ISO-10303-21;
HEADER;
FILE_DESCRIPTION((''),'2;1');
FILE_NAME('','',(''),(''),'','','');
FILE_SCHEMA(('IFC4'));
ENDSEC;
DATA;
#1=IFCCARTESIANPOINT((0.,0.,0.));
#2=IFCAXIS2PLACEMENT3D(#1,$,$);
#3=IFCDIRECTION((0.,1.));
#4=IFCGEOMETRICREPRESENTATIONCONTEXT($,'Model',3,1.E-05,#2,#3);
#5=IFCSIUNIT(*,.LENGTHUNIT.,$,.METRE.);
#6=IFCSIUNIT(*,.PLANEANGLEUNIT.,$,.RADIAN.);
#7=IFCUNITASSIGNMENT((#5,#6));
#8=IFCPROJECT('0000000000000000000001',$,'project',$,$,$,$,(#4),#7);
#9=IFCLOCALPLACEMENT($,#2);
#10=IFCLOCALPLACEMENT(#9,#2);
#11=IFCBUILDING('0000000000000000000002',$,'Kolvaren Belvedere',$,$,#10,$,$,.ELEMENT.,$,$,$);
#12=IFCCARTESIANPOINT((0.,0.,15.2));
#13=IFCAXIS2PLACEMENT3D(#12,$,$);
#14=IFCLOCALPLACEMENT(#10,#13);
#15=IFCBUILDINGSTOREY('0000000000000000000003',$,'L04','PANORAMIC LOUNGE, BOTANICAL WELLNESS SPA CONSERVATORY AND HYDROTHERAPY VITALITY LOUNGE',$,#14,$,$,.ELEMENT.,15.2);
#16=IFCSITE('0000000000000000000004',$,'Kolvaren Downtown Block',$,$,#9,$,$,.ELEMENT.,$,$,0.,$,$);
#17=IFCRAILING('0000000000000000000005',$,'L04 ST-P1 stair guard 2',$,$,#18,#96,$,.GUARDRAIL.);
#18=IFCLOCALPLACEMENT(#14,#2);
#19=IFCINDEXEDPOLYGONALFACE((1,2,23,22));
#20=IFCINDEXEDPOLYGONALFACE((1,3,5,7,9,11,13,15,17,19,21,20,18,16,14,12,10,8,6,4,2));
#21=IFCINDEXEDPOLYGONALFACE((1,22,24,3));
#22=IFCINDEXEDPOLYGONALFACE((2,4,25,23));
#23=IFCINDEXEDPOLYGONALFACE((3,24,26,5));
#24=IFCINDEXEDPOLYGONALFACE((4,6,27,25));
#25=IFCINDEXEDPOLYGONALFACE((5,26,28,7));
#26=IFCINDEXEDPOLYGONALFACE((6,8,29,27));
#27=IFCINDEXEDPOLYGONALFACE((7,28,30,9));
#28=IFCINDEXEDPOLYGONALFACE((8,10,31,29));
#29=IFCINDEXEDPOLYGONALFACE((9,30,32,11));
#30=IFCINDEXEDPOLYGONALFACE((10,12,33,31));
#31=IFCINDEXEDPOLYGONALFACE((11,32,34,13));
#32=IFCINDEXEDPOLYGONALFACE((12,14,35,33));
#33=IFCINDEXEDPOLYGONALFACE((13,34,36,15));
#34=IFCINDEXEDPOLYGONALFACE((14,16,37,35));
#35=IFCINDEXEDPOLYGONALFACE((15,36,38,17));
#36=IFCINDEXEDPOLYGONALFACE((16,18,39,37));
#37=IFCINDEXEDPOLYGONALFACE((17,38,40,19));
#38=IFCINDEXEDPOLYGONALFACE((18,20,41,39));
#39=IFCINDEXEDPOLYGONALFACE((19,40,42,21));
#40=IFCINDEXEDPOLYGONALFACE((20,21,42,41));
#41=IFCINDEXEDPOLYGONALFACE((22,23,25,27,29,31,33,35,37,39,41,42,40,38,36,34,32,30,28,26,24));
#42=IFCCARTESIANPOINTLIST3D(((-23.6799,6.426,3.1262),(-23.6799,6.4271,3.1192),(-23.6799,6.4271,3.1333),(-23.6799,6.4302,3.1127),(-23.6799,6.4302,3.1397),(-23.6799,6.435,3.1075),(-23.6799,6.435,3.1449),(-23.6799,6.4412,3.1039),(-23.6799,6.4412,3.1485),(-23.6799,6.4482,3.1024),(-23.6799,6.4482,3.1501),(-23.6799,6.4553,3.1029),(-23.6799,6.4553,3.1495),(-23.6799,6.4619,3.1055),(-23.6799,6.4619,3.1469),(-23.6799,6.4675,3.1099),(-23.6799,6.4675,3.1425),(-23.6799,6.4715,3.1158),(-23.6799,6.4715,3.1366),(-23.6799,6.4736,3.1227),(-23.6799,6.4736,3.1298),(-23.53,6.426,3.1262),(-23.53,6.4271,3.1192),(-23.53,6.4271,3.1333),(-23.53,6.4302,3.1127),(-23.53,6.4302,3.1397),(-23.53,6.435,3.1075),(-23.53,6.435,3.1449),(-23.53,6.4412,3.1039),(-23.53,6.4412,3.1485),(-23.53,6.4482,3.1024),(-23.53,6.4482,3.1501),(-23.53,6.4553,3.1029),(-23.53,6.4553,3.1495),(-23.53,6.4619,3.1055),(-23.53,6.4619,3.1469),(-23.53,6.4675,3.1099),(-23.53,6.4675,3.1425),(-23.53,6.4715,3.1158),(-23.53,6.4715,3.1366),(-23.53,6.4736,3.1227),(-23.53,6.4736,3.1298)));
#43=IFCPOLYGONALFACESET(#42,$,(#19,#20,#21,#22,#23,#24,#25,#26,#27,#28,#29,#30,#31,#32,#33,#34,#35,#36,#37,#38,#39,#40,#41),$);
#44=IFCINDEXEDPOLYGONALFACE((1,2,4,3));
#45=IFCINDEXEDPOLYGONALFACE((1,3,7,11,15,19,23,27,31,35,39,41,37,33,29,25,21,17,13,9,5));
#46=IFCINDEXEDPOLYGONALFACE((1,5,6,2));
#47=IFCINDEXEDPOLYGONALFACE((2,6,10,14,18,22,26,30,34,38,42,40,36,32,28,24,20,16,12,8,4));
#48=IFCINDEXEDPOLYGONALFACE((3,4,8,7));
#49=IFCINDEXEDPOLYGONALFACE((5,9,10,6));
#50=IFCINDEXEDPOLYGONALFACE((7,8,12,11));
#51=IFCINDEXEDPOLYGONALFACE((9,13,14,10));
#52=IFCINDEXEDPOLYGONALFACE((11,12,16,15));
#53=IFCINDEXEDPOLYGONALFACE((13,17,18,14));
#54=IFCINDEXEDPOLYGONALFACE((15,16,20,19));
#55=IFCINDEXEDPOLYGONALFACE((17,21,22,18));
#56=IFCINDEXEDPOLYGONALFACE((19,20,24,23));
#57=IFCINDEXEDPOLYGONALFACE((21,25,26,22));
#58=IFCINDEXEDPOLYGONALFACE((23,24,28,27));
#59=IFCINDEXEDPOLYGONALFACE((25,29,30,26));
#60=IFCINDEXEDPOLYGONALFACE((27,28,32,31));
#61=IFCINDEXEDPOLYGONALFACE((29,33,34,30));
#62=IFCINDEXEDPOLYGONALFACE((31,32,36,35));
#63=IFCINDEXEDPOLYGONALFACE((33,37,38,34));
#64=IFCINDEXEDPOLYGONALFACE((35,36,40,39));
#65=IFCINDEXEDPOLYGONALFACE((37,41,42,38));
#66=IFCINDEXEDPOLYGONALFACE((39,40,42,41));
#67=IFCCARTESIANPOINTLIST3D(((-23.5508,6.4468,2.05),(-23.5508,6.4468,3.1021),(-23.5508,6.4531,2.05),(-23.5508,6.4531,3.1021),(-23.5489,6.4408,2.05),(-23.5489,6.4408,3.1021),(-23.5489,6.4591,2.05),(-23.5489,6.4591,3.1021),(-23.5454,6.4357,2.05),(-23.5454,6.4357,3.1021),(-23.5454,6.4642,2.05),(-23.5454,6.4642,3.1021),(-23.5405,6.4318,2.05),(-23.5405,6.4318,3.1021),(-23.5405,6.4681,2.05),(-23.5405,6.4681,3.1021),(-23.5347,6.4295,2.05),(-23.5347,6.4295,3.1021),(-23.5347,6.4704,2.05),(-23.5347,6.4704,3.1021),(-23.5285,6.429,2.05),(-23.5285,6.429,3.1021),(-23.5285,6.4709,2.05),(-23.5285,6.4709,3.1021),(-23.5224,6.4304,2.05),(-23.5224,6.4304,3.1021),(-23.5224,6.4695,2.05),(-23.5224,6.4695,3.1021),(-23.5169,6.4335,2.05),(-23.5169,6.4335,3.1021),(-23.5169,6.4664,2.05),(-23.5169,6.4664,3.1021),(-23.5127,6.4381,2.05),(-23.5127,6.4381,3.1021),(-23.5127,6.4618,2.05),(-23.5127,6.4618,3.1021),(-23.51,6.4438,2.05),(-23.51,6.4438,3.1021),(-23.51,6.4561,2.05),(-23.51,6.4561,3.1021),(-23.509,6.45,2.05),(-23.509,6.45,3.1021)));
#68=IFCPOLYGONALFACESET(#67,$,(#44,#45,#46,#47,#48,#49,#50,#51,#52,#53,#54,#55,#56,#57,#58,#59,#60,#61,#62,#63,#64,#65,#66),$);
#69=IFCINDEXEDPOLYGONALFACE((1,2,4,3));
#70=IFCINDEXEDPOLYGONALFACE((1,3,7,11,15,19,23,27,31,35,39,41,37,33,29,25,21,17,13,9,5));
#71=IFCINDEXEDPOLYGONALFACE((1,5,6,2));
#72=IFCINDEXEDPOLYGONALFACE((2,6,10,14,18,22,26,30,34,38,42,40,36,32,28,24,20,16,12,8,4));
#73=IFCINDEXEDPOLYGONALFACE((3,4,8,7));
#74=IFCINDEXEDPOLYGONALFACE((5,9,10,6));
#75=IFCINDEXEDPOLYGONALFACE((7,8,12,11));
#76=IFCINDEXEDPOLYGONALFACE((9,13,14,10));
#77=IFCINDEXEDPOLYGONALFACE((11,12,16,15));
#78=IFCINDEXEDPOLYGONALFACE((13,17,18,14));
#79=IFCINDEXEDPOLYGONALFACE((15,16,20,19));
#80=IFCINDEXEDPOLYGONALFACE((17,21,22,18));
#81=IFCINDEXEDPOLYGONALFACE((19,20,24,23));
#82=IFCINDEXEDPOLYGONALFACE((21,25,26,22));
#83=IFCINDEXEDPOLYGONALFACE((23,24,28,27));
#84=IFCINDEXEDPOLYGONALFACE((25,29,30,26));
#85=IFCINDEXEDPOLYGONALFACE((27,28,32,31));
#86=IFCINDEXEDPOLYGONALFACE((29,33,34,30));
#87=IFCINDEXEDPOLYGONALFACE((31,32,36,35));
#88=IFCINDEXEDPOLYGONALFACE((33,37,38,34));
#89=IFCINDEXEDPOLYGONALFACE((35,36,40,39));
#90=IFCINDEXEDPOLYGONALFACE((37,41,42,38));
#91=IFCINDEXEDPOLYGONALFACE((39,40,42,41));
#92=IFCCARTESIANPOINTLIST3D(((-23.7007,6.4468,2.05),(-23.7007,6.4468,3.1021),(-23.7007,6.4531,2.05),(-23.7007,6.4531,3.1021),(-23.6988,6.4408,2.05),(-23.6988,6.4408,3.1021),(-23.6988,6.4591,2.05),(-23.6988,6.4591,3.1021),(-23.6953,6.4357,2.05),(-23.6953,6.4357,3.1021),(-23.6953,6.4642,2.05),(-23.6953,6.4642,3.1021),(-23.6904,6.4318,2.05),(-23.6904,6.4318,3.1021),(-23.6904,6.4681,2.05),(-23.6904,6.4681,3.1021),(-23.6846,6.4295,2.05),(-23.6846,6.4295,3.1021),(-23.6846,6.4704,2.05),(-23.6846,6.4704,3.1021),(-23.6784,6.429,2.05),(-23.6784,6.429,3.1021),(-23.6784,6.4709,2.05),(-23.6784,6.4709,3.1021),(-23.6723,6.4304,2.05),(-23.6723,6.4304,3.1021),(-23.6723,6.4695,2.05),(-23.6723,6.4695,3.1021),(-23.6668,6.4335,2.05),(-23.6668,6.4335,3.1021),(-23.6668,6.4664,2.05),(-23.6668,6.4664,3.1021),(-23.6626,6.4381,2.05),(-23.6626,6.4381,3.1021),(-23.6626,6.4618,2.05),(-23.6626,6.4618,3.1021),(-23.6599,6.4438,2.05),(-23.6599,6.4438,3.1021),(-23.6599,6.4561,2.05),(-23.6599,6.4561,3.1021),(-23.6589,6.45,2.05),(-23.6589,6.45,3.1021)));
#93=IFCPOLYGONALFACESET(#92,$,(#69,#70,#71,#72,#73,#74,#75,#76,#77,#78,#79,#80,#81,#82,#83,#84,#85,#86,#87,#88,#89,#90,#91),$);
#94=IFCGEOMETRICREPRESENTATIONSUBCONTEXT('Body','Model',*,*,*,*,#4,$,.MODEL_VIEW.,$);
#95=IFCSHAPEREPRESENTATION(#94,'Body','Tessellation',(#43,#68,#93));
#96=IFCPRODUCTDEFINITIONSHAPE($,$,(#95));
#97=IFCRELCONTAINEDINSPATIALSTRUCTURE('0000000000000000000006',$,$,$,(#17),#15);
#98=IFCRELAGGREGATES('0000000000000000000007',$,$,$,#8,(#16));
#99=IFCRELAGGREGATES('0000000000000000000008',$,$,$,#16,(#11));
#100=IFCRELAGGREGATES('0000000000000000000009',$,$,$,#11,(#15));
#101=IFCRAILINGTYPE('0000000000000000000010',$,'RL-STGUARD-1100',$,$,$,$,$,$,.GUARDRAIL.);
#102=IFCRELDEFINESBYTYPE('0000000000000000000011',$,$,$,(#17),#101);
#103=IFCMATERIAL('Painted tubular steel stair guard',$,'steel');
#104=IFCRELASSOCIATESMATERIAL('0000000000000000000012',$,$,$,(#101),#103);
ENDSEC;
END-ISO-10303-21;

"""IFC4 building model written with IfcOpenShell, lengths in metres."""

from ifc_helpers import new_model, si_unit, direction, frame, origin, origin_2d, place, context, subcontext, project, spatial, circle, extrude, material, type_object, element, save


model = new_model("IFC4")

# Units and contexts
model_context = context("Model", 3, precision=1e-05, world=origin(), true_north=direction((0.0, 1.0)))
body_context = subcontext(model_context, "Body", "Model", "MODEL_VIEW")
ifc_project = project(units=[si_unit("LENGTHUNIT", "METRE"), si_unit("PLANEANGLEUNIT", "RADIAN")], contexts=[model_context])

# Site, building, storey
site_placement = place(None, origin())
site = spatial("IfcSite", under=ifc_project, at=site_placement, Name="Kolvaren Downtown Block", CompositionType="ELEMENT", RefElevation=0.0)
building_placement = place(site_placement, origin())
building = spatial("IfcBuilding", under=site, at=building_placement, Name="Kolvaren Belvedere", CompositionType="ELEMENT")
storey_placement = place(building_placement, frame((0.0, 0.0, 15.2)))
storey = spatial("IfcBuildingStorey", under=building, at=storey_placement, Name="L04", Description="PANORAMIC LOUNGE, BOTANICAL WELLNESS SPA CONSERVATORY AND HYDROTHERAPY VITALITY LOUNGE", CompositionType="ELEMENT", Elevation=15.2)

# Railing
ifc_material_1 = material(Name="Painted tubular steel stair guard", Category="steel")
railing_type_1 = type_object("IfcRailingType", Name="RL-STGUARD-1100", PredefinedType="GUARDRAIL", material=ifc_material_1)
railing_1_placement = place(storey_placement, frame((-23.53, 6.45, 2.05)))
element("IfcRailing", 1, at=railing_1_placement, inside=storey, type_object=railing_type_1, Name="L04 ST-P1 stair guard 2", PredefinedType="GUARDRAIL", context=body_context, shape_type="SweptSolid", body=[
    extrude(circle(Radius=0.0239, at=origin_2d()), frame((0.0, 0.0, 1.0762), z_axis=(-1.0, 0.0, 0.0), x_axis=(0.0, -1.0, 0.0)), (0.0, 0.0, 1.0), 0.1499),
    extrude(circle(Radius=0.021, at=origin_2d()), origin(), (0.0, 0.0, 1.0), 1.052),
    extrude(circle(Radius=0.021, at=origin_2d()), frame((-0.1499, 0.0, 0.0)), (0.0, 0.0, 1.0), 1.052),
])

save(model, "model.ifc")
